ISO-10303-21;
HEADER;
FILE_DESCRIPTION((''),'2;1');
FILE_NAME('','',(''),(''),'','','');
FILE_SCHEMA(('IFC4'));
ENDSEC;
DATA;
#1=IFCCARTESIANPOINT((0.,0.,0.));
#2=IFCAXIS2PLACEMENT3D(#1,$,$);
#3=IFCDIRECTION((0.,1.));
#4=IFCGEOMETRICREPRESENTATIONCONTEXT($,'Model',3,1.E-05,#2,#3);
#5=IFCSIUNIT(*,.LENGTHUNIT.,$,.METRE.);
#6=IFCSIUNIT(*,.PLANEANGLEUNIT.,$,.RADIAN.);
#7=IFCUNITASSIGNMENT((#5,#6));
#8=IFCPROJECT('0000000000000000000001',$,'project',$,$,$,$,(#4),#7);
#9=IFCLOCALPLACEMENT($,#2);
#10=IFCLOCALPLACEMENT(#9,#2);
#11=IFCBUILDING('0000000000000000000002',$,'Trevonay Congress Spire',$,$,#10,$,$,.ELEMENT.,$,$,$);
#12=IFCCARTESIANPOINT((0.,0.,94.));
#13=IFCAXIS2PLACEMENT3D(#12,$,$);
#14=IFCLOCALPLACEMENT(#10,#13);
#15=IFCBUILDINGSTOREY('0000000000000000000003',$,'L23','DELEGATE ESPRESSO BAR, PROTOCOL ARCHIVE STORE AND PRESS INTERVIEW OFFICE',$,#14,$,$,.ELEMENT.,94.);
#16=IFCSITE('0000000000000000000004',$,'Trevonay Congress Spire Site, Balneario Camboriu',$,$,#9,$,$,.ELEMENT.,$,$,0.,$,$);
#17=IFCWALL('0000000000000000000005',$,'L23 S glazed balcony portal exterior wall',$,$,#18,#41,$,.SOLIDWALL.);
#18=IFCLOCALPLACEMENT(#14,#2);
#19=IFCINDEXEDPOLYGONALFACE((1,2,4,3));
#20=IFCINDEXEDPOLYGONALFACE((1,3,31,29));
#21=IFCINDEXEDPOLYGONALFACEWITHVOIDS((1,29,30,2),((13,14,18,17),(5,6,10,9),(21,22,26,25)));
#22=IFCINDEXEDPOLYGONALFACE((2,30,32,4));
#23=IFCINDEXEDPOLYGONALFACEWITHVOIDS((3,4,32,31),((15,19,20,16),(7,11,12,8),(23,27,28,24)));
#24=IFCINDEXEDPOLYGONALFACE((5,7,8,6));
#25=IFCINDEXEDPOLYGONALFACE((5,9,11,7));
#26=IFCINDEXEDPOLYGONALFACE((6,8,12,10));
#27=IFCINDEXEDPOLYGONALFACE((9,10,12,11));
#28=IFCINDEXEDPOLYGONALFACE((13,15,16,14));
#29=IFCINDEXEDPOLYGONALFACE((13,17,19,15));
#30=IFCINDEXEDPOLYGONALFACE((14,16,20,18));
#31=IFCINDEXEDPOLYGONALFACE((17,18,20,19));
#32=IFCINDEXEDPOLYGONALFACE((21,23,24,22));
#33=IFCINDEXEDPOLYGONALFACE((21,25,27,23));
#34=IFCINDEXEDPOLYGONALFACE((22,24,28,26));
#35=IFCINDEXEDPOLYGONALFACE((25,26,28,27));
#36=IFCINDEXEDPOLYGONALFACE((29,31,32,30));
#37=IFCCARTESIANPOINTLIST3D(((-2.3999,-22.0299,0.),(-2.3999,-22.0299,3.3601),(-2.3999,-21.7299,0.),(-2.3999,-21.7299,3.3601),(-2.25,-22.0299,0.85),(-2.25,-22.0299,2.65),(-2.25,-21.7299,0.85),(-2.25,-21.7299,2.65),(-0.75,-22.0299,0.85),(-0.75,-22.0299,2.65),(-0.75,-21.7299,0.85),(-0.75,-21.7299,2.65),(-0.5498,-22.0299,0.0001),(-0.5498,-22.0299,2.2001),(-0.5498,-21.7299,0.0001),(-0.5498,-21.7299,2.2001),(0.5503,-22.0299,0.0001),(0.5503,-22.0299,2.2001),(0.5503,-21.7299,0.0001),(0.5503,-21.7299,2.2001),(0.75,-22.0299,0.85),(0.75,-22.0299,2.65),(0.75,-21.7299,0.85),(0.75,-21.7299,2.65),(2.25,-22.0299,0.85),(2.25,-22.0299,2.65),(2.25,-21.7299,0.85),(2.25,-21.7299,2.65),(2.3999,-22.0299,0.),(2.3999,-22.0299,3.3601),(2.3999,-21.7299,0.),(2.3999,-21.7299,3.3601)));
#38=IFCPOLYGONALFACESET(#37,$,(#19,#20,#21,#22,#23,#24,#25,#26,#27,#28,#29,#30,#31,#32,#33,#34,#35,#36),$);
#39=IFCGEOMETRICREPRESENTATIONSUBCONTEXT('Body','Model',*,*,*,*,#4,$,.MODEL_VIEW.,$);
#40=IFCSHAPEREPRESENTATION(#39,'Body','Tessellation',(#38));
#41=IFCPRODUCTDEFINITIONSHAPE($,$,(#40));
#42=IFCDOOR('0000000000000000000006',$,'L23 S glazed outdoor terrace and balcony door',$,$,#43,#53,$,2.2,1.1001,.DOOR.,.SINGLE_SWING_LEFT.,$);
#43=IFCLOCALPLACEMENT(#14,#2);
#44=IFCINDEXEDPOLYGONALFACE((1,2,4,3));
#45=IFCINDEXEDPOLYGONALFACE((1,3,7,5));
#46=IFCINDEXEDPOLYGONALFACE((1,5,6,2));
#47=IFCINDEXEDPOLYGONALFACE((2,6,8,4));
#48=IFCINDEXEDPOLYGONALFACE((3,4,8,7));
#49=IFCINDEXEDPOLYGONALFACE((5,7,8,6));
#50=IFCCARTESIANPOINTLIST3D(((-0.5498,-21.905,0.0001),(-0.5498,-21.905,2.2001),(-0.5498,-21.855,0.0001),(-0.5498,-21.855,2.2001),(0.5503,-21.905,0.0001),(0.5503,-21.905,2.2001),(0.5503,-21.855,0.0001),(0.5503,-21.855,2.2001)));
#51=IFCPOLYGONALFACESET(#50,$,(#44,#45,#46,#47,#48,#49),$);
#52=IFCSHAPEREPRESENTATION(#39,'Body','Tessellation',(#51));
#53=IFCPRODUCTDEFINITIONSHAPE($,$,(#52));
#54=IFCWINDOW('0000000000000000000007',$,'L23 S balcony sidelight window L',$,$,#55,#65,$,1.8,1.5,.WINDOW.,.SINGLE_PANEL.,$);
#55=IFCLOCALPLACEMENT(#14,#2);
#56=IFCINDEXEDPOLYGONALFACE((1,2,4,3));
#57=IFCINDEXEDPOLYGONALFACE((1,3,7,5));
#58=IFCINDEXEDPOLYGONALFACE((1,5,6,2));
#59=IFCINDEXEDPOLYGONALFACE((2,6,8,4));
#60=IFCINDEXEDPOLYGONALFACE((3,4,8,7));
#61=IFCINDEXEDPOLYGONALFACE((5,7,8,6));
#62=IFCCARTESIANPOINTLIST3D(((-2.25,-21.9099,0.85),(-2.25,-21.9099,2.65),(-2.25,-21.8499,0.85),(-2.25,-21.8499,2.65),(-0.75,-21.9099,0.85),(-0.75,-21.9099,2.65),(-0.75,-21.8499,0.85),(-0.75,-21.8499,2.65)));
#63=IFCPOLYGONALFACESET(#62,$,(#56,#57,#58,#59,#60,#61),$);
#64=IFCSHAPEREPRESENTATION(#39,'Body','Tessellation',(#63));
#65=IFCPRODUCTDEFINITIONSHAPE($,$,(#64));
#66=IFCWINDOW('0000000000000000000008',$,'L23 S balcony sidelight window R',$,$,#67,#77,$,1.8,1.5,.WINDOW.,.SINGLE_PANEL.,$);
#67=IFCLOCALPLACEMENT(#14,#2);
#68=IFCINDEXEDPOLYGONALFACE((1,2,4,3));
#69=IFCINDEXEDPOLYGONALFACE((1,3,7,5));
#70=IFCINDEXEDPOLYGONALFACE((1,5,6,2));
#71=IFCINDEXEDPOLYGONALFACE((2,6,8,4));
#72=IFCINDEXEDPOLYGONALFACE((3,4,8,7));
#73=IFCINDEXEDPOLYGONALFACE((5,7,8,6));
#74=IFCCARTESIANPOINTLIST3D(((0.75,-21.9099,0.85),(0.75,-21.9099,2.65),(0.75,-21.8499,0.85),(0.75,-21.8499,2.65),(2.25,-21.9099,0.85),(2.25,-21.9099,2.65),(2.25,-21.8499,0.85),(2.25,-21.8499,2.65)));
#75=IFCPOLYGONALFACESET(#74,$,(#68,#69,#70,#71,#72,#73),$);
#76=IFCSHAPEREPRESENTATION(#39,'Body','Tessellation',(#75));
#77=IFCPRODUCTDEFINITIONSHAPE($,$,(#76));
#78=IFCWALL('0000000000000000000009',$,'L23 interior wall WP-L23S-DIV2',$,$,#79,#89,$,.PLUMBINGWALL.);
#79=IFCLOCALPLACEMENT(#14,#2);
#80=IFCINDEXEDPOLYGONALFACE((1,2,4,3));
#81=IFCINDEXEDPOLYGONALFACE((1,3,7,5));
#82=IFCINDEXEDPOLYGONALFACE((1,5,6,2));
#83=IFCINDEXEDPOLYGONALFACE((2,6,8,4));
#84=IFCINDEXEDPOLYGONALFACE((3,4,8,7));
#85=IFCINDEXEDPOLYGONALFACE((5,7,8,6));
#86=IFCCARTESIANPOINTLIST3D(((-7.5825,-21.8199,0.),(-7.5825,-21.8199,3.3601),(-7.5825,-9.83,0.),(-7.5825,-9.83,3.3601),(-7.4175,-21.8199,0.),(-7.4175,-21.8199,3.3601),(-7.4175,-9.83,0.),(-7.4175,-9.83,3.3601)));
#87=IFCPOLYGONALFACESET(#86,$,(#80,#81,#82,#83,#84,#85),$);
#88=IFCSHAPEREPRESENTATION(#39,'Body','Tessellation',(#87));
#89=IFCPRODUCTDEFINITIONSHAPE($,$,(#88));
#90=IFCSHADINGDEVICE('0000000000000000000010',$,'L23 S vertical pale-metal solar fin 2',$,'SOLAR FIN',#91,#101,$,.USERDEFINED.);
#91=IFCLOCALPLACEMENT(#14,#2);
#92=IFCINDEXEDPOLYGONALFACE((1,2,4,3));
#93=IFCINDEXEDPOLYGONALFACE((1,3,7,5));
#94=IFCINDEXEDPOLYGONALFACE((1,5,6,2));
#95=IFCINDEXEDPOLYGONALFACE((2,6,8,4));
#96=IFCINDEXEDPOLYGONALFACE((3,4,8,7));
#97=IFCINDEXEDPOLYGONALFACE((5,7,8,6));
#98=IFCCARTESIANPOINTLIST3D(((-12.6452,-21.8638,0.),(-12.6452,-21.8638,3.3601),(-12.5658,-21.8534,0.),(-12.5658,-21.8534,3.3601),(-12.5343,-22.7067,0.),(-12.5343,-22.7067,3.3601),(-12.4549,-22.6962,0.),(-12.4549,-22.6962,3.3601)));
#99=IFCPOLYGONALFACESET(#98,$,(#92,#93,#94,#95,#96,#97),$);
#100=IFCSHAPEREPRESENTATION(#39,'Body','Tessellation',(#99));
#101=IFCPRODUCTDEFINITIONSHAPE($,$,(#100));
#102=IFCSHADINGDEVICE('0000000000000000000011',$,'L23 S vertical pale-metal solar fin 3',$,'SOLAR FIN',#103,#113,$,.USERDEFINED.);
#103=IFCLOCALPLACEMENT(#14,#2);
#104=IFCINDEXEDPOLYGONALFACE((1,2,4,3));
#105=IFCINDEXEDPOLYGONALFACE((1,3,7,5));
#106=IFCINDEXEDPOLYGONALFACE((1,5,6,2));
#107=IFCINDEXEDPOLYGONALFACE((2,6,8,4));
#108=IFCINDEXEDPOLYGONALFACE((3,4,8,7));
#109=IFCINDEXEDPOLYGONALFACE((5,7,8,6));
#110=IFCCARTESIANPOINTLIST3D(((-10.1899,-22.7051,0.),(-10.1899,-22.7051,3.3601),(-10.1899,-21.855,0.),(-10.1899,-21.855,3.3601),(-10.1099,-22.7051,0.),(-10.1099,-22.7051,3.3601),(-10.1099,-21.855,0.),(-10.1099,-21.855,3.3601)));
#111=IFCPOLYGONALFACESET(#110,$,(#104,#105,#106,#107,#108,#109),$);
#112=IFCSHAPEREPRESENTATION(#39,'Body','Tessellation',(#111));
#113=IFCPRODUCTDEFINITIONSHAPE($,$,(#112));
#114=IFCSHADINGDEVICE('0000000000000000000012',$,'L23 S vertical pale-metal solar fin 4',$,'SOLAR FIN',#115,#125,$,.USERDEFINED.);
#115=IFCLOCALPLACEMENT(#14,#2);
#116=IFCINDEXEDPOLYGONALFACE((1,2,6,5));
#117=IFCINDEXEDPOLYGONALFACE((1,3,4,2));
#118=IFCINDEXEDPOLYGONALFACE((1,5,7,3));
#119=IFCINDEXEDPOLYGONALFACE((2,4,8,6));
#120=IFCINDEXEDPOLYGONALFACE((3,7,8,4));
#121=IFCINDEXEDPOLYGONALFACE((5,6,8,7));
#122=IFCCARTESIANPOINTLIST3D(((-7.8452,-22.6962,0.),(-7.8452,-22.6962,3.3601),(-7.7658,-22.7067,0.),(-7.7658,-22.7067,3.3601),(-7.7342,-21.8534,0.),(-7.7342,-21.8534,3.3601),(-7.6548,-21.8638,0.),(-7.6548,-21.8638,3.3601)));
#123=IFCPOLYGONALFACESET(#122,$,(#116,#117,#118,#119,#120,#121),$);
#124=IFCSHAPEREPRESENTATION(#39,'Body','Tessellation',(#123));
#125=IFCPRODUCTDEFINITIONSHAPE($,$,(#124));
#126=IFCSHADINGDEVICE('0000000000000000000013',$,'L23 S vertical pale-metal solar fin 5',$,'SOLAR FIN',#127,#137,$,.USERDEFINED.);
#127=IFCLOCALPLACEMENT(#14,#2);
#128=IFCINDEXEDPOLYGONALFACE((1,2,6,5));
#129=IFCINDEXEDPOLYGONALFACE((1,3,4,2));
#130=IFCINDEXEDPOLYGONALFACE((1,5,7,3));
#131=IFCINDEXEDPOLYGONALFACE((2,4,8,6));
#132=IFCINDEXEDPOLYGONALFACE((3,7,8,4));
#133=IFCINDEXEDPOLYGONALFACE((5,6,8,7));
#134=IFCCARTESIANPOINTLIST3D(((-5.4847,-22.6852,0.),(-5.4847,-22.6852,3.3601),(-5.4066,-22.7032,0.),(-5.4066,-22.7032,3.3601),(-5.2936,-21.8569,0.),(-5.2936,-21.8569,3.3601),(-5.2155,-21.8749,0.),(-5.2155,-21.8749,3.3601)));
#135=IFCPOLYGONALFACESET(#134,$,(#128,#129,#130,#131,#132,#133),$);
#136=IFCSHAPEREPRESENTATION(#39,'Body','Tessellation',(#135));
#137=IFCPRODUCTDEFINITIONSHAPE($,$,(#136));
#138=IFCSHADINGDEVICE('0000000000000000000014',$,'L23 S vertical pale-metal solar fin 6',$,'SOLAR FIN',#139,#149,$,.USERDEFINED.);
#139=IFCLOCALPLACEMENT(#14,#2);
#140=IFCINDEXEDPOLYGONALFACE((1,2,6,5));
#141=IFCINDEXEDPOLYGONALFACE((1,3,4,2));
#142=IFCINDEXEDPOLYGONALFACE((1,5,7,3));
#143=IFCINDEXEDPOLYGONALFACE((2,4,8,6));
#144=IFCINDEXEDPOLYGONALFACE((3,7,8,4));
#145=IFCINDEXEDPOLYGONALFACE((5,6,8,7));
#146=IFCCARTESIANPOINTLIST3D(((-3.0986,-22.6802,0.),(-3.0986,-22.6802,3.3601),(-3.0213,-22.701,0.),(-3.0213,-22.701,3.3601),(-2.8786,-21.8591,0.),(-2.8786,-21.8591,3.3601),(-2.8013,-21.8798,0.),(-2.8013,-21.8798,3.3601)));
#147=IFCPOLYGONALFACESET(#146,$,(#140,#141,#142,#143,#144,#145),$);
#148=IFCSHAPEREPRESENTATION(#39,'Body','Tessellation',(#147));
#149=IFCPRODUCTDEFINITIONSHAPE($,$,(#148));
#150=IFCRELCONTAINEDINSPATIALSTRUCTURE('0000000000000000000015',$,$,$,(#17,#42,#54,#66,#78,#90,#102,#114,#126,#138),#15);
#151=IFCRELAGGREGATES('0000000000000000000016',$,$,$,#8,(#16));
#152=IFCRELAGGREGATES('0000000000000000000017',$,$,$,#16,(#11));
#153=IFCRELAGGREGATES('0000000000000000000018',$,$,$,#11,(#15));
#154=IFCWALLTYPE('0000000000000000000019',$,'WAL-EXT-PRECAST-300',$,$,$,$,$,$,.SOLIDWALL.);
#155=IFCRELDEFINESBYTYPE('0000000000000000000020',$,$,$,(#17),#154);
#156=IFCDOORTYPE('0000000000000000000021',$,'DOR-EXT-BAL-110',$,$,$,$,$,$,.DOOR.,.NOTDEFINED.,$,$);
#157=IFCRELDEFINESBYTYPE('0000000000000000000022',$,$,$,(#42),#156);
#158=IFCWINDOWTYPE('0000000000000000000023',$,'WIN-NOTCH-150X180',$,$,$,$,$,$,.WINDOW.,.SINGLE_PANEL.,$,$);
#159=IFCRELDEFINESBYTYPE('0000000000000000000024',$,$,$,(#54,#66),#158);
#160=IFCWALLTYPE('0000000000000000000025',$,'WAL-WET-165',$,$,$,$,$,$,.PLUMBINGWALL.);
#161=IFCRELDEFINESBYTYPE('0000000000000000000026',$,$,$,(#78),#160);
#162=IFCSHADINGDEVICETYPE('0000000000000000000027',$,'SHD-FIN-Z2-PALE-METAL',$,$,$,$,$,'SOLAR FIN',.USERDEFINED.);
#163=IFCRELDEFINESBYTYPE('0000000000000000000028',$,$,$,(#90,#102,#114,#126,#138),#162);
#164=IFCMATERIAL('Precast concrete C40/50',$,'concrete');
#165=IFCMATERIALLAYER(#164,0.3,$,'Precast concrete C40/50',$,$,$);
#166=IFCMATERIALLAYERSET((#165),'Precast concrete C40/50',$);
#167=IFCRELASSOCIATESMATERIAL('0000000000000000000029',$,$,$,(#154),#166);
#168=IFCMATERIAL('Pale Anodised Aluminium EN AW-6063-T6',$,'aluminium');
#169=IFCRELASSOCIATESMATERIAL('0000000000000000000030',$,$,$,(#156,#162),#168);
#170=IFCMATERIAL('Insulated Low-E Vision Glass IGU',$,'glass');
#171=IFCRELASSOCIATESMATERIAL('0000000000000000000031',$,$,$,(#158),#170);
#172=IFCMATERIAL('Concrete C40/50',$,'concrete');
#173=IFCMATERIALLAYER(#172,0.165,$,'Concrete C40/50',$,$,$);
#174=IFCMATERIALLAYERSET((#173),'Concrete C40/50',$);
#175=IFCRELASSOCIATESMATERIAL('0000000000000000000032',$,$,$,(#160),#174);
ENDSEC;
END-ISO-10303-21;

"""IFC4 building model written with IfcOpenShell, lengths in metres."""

from ifc_helpers import new_model, si_unit, direction, frame, frame_2d, origin, origin_2d, place, context, subcontext, project, spatial, rectangle, extrude, material, layer, layer_set, type_object, element, fill, save


model = new_model("IFC4")

# Units and contexts
model_context = context("Model", 3, precision=1e-05, world=origin(), true_north=direction((0.0, 1.0)))
body_context = subcontext(model_context, "Body", "Model", "MODEL_VIEW")
ifc_project = project(units=[si_unit("LENGTHUNIT", "METRE"), si_unit("PLANEANGLEUNIT", "RADIAN")], contexts=[model_context])

# Site, building, storey
site_placement = place(None, origin())
site = spatial("IfcSite", under=ifc_project, at=site_placement, Name="Trevonay Congress Spire Site, Balneario Camboriu", CompositionType="ELEMENT", RefElevation=0.0)
building_placement = place(site_placement, origin())
building = spatial("IfcBuilding", under=site, at=building_placement, Name="Trevonay Congress Spire", CompositionType="ELEMENT")
storey_placement = place(building_placement, frame((0.0, 0.0, 94.0)))
storey = spatial("IfcBuildingStorey", under=building, at=storey_placement, Name="L23", Description="DELEGATE ESPRESSO BAR, PROTOCOL ARCHIVE STORE AND PRESS INTERVIEW OFFICE", CompositionType="ELEMENT", Elevation=94.0)

# Shared definitions
ifc_material_1 = material(Name="Pale Anodised Aluminium EN AW-6063-T6", Category="aluminium")

# Shared definitions
ifc_material_2 = material(Name="Insulated Low-E Vision Glass IGU", Category="glass")

# Wall, openings, door, windows
ifc_material_3 = material(Name="Precast concrete C40/50", Category="concrete")
ifc_layer_1 = layer(ifc_material_3, 0.3, Name="Precast concrete C40/50")
ifc_layer_set_1 = layer_set([ifc_layer_1], Name="Precast concrete C40/50")
wall_type_1 = type_object("IfcWallType", Name="WAL-EXT-PRECAST-300", PredefinedType="SOLIDWALL", material=ifc_layer_set_1)
wall_1_placement = place(storey_placement, frame((-2.3999, -21.8799, 0.0), z_axis=(0.0, 0.0, 1.0), x_axis=(1.0, 0.0, 0.0)))
wall_1 = element("IfcWall", 1, at=wall_1_placement, inside=storey, type_object=wall_type_1, Name="L23 S glazed balcony portal exterior wall", PredefinedType="SOLIDWALL", context=body_context, shape_type="SweptSolid", body=[
    extrude(rectangle(XDim=4.7998, YDim=0.3, at=frame_2d((2.3999, 0.0))), origin(), (0.0, 0.0, 1.0), 3.3601),
])
opening_1_placement = place(wall_1_placement, frame((1.8501, 0.0, 0.0)))
opening_1 = element("IfcOpeningElement", 2, at=opening_1_placement, cuts=wall_1, PredefinedType="OPENING", context=body_context, shape_type="SweptSolid", body=[
    extrude(rectangle(XDim=1.1001, YDim=2.2, at=frame_2d((0.55, 1.1001))), frame((0.0, 0.1602, 0.0), z_axis=(0.0, -1.0, 0.0), x_axis=(1.0, 0.0, 0.0)), (0.0, 0.0, 1.0), 0.3201),
])
opening_2_placement = place(wall_1_placement, frame((0.1499, 0.0, 0.8501)))
opening_2 = element("IfcOpeningElement", 3, at=opening_2_placement, cuts=wall_1, PredefinedType="OPENING", context=body_context, shape_type="SweptSolid", body=[
    extrude(rectangle(XDim=1.5, YDim=1.8, at=frame_2d((0.75, 0.8999))), frame((0.0, 0.1602, 0.0), z_axis=(0.0, -1.0, 0.0), x_axis=(1.0, 0.0, 0.0)), (0.0, 0.0, 1.0), 0.3201),
])
opening_3_placement = place(wall_1_placement, frame((3.1499, 0.0, 0.8501)))
opening_3 = element("IfcOpeningElement", 4, at=opening_3_placement, cuts=wall_1, PredefinedType="OPENING", context=body_context, shape_type="SweptSolid", body=[
    extrude(rectangle(XDim=1.5, YDim=1.8, at=frame_2d((0.75, 0.8999))), frame((0.0, 0.1602, 0.0), z_axis=(0.0, -1.0, 0.0), x_axis=(1.0, 0.0, 0.0)), (0.0, 0.0, 1.0), 0.3201),
])
door_type = type_object("IfcDoorType", Name="DOR-EXT-BAL-110", OperationType="NOTDEFINED", PredefinedType="DOOR", material=ifc_material_1)
door_placement = place(opening_1_placement, origin())
door = element("IfcDoor", 5, at=door_placement, inside=storey, type_object=door_type, Name="L23 S glazed outdoor terrace and balcony door", OperationType="SINGLE_SWING_LEFT", OverallHeight=2.2, OverallWidth=1.1001, PredefinedType="DOOR", context=body_context, shape_type="SweptSolid", body=[
    extrude(rectangle(XDim=1.1001, YDim=2.2, at=frame_2d((0.55, 1.1001))), frame((0.0, 0.0249, 0.0), z_axis=(0.0, -1.0, 0.0), x_axis=(1.0, 0.0, 0.0)), (0.0, 0.0, 1.0), 0.05),
])
fill(opening_1, door)
window_type = type_object("IfcWindowType", Name="WIN-NOTCH-150X180", PartitioningType="SINGLE_PANEL", PredefinedType="WINDOW", material=ifc_material_2)
window_1_placement = place(opening_2_placement, origin())
window_1 = element("IfcWindow", 6, at=window_1_placement, inside=storey, type_object=window_type, Name="L23 S balcony sidelight window L", OverallHeight=1.8, OverallWidth=1.5, PartitioningType="SINGLE_PANEL", PredefinedType="WINDOW", context=body_context, shape_type="SweptSolid", body=[
    extrude(rectangle(XDim=1.5, YDim=1.8, at=frame_2d((0.75, 0.8999))), frame((0.0, 0.03, 0.0), z_axis=(0.0, -1.0, 0.0), x_axis=(1.0, 0.0, 0.0)), (0.0, 0.0, 1.0), 0.0601),
])
fill(opening_2, window_1)
window_2_placement = place(opening_3_placement, origin())
window_2 = element("IfcWindow", 7, at=window_2_placement, inside=storey, type_object=window_type, Name="L23 S balcony sidelight window R", OverallHeight=1.8, OverallWidth=1.5, PartitioningType="SINGLE_PANEL", PredefinedType="WINDOW", context=body_context, shape_type="SweptSolid", body=[
    extrude(rectangle(XDim=1.5, YDim=1.8, at=frame_2d((0.75, 0.8999))), frame((0.0, 0.03, 0.0), z_axis=(0.0, -1.0, 0.0), x_axis=(1.0, 0.0, 0.0)), (0.0, 0.0, 1.0), 0.0601),
])
fill(opening_3, window_2)

# Wall
ifc_material_4 = material(Name="Concrete C40/50", Category="concrete")
ifc_layer_2 = layer(ifc_material_4, 0.165, Name="Concrete C40/50")
ifc_layer_set_2 = layer_set([ifc_layer_2], Name="Concrete C40/50")
wall_type_2 = type_object("IfcWallType", Name="WAL-WET-165", PredefinedType="PLUMBINGWALL", material=ifc_layer_set_2)
wall_2_placement = place(storey_placement, frame((-7.5, -21.8201, 0.0), z_axis=(0.0, 0.0, 1.0), x_axis=(0.0, 1.0, 0.0)))
element("IfcWall", 8, at=wall_2_placement, inside=storey, type_object=wall_type_2, Name="L23 interior wall WP-L23S-DIV2", PredefinedType="PLUMBINGWALL", context=body_context, shape_type="SweptSolid", body=[
    extrude(rectangle(XDim=11.99, YDim=0.165, at=frame_2d((5.9951, 0.0))), origin(), (0.0, 0.0, 1.0), 3.3601),
])

# Shading devices
shading_device_type = type_object("IfcShadingDeviceType", Name="SHD-FIN-Z2-PALE-METAL", ElementType="SOLAR FIN", PredefinedType="USERDEFINED", material=ifc_material_1)
for number, where, z_axis, x_axis, name in (
    (9, (-12.55, -22.28, 0.0), (0.0, 0.0, 1.0), (0.991445, 0.130526, 0.0), "L23 S vertical pale-metal solar fin 2"),
    (10, (-10.1499, -22.28, 0.0), (0.0, 0.0, 1.0), (1.0, 0.0, 0.0), "L23 S vertical pale-metal solar fin 3"),
    (11, (-7.75, -22.28, 0.0), (0.0, 0.0, 1.0), (0.991445, -0.130526, 0.0), "L23 S vertical pale-metal solar fin 4"),
    (12, (-5.3501, -22.28, 0.0), (0.0, 0.0, 1.0), (0.974409, -0.224781, 0.0), "L23 S vertical pale-metal solar fin 5"),
    (13, (-2.95, -22.28, 0.0), (0.0, 0.0, 1.0), (0.965926, -0.258819, 0.0), "L23 S vertical pale-metal solar fin 6"),
):
    element("IfcShadingDevice", number, at=place(storey_placement, frame(where, z_axis=z_axis, x_axis=x_axis)), inside=storey, type_object=shading_device_type, Name=name, ObjectType="SOLAR FIN", PredefinedType="USERDEFINED", context=body_context, shape_type="SweptSolid", body=[
        extrude(rectangle(XDim=0.0801, YDim=0.8501, at=origin_2d()), origin(), (0.0, 0.0, 1.0), 3.3601),
    ])

save(model, "model.ifc")
